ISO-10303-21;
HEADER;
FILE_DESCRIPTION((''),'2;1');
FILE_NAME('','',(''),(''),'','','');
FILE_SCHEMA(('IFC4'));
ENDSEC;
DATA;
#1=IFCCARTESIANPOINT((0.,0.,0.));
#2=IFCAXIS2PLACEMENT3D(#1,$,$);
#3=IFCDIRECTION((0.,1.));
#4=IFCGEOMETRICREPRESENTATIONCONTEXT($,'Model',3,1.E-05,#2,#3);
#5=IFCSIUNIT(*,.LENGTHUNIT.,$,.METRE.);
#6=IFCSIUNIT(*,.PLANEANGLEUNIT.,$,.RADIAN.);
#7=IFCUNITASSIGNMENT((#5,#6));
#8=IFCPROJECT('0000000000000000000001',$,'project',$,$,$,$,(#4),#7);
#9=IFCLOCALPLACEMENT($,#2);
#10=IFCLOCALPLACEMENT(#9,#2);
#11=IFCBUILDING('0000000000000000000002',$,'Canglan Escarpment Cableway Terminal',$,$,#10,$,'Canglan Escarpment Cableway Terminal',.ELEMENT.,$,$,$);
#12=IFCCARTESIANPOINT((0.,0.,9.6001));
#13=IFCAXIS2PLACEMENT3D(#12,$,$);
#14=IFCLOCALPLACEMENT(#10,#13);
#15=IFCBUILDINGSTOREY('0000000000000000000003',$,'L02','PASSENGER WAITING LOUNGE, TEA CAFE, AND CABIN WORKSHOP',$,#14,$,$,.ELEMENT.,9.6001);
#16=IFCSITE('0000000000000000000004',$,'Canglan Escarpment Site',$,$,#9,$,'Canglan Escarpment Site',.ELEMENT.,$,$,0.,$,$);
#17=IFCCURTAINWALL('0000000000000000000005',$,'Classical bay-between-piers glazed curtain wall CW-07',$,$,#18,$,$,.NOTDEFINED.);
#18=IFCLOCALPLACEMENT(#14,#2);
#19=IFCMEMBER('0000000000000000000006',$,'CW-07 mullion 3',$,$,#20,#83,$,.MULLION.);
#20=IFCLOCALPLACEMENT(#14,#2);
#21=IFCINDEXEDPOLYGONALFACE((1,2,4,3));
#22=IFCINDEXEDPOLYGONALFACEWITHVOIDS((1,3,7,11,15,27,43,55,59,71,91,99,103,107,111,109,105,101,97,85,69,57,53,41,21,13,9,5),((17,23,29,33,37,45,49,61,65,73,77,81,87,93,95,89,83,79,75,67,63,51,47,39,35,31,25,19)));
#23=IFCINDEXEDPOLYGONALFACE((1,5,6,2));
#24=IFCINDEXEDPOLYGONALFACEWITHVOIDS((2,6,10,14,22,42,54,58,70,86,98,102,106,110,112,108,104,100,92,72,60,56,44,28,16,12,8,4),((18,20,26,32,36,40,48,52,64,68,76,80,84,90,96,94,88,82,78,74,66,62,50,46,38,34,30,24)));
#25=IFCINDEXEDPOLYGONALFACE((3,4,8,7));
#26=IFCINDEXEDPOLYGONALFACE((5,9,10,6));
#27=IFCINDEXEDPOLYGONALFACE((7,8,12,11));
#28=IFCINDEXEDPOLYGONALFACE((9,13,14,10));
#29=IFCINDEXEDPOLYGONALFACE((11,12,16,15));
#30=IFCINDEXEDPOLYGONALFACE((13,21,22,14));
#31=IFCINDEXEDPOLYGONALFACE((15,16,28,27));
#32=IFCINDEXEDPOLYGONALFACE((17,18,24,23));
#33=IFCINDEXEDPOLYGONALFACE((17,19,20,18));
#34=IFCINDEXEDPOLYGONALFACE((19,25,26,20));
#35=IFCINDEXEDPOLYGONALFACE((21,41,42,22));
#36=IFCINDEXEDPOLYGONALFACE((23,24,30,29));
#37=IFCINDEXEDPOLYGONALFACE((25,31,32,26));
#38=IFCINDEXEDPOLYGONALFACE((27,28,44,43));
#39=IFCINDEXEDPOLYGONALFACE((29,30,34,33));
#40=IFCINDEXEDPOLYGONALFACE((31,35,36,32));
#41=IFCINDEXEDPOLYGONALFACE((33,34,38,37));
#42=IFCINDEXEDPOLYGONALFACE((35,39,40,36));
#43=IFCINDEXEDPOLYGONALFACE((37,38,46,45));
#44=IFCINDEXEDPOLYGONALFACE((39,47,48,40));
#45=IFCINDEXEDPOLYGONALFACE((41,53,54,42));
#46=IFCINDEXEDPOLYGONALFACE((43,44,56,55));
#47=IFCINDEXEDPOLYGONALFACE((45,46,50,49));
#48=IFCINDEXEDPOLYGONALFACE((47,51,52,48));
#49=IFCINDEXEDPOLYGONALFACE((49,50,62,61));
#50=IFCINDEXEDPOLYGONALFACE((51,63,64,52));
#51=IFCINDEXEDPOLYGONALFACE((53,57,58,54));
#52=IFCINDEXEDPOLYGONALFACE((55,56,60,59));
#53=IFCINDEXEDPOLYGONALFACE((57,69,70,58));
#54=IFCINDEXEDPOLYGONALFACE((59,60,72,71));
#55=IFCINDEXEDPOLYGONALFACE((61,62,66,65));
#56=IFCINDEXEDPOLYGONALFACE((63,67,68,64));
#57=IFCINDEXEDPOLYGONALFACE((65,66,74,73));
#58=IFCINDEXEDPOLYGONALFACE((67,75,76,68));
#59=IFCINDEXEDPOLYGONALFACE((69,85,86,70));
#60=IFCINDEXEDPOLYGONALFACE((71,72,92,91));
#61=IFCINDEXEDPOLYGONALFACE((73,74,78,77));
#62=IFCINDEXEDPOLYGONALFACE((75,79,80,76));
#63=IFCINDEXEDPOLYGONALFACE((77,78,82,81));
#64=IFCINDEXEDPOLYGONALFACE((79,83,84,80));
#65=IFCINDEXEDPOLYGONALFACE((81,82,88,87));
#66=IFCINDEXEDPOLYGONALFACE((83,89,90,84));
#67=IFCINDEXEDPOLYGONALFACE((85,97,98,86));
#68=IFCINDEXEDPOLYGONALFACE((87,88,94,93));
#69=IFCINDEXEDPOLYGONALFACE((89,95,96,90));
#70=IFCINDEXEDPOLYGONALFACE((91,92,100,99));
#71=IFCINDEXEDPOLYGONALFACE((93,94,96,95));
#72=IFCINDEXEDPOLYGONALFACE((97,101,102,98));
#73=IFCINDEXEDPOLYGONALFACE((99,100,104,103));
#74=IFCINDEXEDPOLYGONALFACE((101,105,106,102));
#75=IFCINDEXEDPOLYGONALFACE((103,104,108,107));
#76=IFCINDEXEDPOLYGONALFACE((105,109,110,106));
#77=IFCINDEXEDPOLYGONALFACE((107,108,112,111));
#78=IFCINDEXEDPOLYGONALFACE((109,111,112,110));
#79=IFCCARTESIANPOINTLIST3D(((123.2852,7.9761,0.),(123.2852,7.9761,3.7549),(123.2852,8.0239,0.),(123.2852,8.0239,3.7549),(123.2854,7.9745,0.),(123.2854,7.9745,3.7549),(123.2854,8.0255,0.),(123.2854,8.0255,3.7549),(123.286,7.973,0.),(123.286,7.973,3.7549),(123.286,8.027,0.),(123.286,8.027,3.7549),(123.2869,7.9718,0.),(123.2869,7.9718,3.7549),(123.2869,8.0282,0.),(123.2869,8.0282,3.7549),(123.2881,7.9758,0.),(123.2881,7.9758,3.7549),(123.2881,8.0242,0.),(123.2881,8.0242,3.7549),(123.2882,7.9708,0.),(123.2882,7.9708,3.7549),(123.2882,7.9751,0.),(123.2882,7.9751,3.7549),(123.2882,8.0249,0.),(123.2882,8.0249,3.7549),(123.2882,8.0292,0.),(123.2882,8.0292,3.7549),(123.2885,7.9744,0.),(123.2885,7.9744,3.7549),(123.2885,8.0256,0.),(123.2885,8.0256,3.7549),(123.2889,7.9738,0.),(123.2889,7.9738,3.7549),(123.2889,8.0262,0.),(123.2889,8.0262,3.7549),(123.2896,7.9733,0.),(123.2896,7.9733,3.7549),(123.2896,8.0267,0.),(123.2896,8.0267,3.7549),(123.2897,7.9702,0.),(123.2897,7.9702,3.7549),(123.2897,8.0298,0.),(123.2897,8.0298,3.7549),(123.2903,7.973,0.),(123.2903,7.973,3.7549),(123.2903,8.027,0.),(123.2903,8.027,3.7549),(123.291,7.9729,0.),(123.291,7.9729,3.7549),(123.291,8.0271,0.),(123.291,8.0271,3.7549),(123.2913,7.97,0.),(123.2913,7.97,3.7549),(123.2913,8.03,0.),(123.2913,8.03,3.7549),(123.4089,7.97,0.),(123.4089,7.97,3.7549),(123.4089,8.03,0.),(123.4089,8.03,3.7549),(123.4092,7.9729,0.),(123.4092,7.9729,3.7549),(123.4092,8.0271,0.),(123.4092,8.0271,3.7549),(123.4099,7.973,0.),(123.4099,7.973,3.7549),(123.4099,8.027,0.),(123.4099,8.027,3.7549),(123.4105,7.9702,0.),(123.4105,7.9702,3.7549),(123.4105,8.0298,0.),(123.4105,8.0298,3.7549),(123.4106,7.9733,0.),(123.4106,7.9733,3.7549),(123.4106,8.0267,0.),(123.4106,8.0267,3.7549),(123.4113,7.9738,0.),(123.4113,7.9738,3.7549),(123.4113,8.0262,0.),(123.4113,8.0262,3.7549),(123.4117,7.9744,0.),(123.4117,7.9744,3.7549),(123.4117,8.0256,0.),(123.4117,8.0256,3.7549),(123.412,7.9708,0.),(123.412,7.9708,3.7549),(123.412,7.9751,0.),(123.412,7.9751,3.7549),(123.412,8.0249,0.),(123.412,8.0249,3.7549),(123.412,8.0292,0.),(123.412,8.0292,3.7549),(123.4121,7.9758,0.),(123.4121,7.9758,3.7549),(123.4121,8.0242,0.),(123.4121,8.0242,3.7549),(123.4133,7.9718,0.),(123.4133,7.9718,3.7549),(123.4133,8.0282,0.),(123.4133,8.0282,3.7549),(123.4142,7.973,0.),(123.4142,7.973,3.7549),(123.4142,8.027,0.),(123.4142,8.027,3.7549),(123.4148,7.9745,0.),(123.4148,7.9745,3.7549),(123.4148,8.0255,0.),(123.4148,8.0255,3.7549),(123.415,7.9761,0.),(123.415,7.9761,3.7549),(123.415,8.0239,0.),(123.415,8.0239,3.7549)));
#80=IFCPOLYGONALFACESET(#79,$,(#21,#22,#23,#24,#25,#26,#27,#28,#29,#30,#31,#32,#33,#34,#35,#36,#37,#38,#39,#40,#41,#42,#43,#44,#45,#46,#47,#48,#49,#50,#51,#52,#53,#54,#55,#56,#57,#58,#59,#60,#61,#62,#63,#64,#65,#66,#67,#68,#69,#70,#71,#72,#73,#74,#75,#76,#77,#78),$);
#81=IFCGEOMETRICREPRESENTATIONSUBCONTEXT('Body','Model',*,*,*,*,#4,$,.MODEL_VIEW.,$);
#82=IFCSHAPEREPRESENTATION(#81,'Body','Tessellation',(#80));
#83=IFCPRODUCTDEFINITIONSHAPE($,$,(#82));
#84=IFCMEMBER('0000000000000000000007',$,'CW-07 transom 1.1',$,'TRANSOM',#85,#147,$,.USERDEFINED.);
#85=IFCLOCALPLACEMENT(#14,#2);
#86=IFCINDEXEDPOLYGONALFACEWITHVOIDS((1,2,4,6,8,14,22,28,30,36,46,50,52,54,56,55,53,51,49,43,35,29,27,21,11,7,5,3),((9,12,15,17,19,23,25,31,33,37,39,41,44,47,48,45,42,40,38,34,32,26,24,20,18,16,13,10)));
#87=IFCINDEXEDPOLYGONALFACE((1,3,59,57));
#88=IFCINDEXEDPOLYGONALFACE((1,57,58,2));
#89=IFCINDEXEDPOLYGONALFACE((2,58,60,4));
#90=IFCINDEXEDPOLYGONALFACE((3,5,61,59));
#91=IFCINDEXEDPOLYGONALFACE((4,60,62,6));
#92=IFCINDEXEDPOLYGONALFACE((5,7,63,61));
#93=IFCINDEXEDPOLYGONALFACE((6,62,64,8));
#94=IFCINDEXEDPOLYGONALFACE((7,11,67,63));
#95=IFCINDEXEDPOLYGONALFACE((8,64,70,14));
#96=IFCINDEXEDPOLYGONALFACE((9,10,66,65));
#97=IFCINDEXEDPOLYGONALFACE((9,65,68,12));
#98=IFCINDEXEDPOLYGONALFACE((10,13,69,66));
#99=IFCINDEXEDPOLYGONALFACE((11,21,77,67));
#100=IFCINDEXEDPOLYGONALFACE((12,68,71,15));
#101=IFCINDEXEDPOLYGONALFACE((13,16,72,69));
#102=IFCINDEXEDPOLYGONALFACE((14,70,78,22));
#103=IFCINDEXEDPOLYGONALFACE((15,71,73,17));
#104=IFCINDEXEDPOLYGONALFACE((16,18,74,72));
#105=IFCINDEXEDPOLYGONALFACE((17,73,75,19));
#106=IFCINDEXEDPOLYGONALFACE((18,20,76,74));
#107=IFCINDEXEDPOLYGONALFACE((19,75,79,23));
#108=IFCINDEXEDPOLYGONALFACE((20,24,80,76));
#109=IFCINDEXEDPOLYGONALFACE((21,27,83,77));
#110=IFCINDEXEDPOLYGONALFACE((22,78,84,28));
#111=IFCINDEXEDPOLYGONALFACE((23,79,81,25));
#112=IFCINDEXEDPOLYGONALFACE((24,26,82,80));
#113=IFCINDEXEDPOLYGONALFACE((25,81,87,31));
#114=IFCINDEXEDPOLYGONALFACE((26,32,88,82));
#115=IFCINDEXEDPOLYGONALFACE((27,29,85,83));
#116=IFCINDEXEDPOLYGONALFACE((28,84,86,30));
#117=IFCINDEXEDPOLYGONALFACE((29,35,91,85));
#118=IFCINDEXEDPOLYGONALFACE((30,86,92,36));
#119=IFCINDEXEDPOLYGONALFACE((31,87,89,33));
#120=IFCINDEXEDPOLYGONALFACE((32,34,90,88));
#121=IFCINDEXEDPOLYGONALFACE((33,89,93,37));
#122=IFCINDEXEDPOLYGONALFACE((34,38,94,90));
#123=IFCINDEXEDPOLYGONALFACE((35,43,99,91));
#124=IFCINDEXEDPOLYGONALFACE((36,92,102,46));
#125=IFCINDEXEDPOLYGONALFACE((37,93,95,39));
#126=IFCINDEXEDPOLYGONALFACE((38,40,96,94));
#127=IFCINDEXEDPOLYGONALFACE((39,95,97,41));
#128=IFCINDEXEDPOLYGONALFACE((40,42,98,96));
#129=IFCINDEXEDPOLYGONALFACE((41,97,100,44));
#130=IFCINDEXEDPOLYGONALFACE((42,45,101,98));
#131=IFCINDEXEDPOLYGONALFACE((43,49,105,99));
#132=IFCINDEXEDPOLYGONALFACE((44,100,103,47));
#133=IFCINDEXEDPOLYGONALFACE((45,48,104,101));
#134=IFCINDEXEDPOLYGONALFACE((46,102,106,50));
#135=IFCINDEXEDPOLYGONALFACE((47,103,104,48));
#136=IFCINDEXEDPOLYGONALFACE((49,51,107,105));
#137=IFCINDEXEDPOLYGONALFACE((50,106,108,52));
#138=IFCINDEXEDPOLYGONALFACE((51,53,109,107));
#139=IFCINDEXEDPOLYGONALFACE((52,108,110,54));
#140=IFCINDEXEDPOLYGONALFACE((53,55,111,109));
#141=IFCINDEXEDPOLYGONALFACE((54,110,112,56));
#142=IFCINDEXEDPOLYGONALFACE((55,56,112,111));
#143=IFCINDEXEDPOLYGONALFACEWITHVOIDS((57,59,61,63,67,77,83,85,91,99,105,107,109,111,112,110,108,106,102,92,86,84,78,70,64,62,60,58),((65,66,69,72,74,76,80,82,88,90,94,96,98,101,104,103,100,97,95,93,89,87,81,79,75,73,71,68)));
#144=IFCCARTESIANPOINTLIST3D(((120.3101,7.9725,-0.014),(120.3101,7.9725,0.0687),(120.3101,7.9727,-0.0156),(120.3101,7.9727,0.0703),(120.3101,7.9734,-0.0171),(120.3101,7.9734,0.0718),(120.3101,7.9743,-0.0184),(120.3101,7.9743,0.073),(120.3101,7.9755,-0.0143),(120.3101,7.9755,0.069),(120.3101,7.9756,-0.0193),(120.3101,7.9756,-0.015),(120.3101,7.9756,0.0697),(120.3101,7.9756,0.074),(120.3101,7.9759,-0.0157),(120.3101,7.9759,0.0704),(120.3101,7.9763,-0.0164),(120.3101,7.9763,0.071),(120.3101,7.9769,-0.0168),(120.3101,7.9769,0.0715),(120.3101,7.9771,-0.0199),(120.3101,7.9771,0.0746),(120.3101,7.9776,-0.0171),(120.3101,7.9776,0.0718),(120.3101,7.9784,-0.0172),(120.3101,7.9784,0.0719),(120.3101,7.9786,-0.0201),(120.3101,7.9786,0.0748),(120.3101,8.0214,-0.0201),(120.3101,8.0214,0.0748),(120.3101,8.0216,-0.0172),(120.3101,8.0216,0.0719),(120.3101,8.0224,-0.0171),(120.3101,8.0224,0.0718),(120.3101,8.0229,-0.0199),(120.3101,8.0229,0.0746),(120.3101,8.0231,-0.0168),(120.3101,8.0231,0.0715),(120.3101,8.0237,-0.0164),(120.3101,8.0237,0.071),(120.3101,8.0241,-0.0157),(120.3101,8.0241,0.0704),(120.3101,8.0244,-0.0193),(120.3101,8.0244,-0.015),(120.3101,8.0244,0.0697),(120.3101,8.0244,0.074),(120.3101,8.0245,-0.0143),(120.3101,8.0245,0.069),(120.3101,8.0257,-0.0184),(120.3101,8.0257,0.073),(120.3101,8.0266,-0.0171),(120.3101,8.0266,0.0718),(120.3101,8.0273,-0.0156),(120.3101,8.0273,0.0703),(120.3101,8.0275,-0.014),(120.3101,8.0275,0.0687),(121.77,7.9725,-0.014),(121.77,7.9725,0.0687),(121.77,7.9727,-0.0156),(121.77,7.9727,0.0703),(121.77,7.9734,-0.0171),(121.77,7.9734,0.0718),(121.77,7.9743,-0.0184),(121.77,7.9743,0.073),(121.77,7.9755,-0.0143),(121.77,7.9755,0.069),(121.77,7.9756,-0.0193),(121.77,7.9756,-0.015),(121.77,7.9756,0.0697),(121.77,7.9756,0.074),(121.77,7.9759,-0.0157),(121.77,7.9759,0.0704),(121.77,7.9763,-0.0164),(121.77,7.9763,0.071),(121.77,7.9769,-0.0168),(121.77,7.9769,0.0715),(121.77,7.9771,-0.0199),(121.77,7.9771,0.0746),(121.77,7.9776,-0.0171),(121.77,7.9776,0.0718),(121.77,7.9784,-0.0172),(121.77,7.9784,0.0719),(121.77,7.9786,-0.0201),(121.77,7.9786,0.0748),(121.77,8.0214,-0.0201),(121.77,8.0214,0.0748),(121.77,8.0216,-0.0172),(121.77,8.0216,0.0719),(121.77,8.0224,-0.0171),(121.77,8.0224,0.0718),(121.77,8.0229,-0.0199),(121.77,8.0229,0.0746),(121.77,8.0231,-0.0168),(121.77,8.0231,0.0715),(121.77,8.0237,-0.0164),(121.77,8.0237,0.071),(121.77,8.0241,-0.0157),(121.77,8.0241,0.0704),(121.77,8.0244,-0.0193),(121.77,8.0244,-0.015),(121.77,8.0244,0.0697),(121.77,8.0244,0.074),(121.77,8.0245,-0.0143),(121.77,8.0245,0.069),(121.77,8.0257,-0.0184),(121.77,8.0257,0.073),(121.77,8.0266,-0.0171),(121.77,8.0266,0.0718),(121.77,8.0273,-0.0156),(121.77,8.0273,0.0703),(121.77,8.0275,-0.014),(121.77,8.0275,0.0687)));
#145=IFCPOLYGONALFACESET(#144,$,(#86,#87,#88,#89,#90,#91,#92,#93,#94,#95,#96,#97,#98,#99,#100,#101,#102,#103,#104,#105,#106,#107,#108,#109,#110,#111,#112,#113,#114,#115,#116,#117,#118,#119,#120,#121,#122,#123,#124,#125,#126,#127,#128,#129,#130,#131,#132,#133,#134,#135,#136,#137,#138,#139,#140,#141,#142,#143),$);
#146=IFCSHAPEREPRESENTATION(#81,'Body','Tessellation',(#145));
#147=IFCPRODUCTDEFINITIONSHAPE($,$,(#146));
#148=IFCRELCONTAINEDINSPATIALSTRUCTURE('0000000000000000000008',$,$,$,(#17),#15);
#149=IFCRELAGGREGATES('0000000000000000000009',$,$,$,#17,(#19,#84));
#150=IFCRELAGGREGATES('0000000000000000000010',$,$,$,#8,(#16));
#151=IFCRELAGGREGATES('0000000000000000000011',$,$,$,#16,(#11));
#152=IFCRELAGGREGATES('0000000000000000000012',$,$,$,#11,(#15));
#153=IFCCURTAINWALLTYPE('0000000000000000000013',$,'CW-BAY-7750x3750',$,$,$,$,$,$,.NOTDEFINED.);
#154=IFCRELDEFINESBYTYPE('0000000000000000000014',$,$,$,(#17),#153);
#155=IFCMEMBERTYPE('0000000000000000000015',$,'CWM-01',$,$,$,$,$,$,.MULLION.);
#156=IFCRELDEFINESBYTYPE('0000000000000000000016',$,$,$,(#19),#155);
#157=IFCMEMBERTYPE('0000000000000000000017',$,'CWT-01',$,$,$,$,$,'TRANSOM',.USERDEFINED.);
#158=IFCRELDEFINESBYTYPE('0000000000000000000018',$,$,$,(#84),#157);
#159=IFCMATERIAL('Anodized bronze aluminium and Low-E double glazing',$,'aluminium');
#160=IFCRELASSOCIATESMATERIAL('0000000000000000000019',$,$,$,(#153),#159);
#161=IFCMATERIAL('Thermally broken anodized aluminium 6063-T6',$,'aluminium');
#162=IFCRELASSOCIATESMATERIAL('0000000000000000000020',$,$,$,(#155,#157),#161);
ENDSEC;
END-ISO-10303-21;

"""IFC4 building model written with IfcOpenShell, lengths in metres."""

from ifc_helpers import new_model, si_unit, direction, frame, origin, origin_2d, place, context, subcontext, project, spatial, hollow_rectangle, extrude, material, material_profile, profile_set, type_object, element, aggregate, save


model = new_model("IFC4")

# Units and contexts
model_context = context("Model", 3, precision=1e-05, world=origin(), true_north=direction((0.0, 1.0)))
body_context = subcontext(model_context, "Body", "Model", "MODEL_VIEW")
ifc_project = project(units=[si_unit("LENGTHUNIT", "METRE"), si_unit("PLANEANGLEUNIT", "RADIAN")], contexts=[model_context])

# Site, building, storey
site_placement = place(None, origin())
site = spatial("IfcSite", under=ifc_project, at=site_placement, Name="Canglan Escarpment Site", LongName="Canglan Escarpment Site", CompositionType="ELEMENT", RefElevation=0.0)
building_placement = place(site_placement, origin())
building = spatial("IfcBuilding", under=site, at=building_placement, Name="Canglan Escarpment Cableway Terminal", LongName="Canglan Escarpment Cableway Terminal", CompositionType="ELEMENT")
storey_placement = place(building_placement, frame((0.0, 0.0, 9.6001)))
storey = spatial("IfcBuildingStorey", under=building, at=storey_placement, Name="L02", Description="PASSENGER WAITING LOUNGE, TEA CAFE, AND CABIN WORKSHOP", CompositionType="ELEMENT", Elevation=9.6001)

# Curtain wall, members
ifc_material_1 = material(Name="Anodized bronze aluminium and Low-E double glazing", Category="aluminium")
curtain_wall_type = type_object("IfcCurtainWallType", Name="CW-BAY-7750x3750", PredefinedType="NOTDEFINED", material=ifc_material_1)
curtain_wall_placement = place(storey_placement, origin())
curtain_wall = element("IfcCurtainWall", 1, at=curtain_wall_placement, inside=storey, type_object=curtain_wall_type, Name="Classical bay-between-piers glazed curtain wall CW-07", PredefinedType="NOTDEFINED")
ifc_material_2 = material(Name="Thermally broken anodized aluminium 6063-T6", Category="aluminium")
ifc_material_profile_1 = material_profile(ifc_material_2, hollow_rectangle(XDim=0.0601, YDim=0.1299, WallThickness=0.0029, InnerFilletRadius=0.0029, OuterFilletRadius=0.0061, at=origin_2d()), Name="ALU-MULL 60x130x3")
ifc_profile_set_1 = profile_set([ifc_material_profile_1], Name="Thermally broken anodized aluminium 6063-T6")
member_type_1 = type_object("IfcMemberType", Name="CWM-01", PredefinedType="MULLION", material=ifc_profile_set_1)
member_1_placement = place(storey_placement, frame((123.3501, 8.0, 0.0), z_axis=(0.0, 0.0, 1.0), x_axis=(0.0, 1.0, 0.0)))
member_1 = element("IfcMember", 2, at=member_1_placement, type_object=member_type_1, Name="CW-07 mullion 3", PredefinedType="MULLION", context=body_context, shape_type="SweptSolid", body=[
    extrude(hollow_rectangle(XDim=0.0601, YDim=0.1299, WallThickness=0.0029, InnerFilletRadius=0.0029, OuterFilletRadius=0.0061, at=origin_2d()), origin(), (0.0, 0.0, 1.0), 3.7549),
])
ifc_material_profile_2 = material_profile(ifc_material_2, hollow_rectangle(XDim=0.0549, YDim=0.095, WallThickness=0.0029, InnerFilletRadius=0.0029, OuterFilletRadius=0.0061, at=origin_2d()), Name="ALU-TRAN 55x95x3")
ifc_profile_set_2 = profile_set([ifc_material_profile_2], Name="Thermally broken anodized aluminium 6063-T6")
member_type_2 = type_object("IfcMemberType", Name="CWT-01", ElementType="TRANSOM", PredefinedType="USERDEFINED", material=ifc_profile_set_2)
member_2_placement = place(storey_placement, frame((120.3101, 8.0, 0.0273), z_axis=(1.0, 0.0, 0.0), x_axis=(0.0, 1.0, 0.0)))
member_2 = element("IfcMember", 3, at=member_2_placement, type_object=member_type_2, Name="CW-07 transom 1.1", ObjectType="TRANSOM", PredefinedType="USERDEFINED", context=body_context, shape_type="SweptSolid", body=[
    extrude(hollow_rectangle(XDim=0.0549, YDim=0.095, WallThickness=0.0029, InnerFilletRadius=0.0029, OuterFilletRadius=0.0061, at=origin_2d()), origin(), (0.0, 0.0, 1.0), 1.46),
])

aggregate(curtain_wall, [member_1, member_2])

save(model, "model.ifc")
